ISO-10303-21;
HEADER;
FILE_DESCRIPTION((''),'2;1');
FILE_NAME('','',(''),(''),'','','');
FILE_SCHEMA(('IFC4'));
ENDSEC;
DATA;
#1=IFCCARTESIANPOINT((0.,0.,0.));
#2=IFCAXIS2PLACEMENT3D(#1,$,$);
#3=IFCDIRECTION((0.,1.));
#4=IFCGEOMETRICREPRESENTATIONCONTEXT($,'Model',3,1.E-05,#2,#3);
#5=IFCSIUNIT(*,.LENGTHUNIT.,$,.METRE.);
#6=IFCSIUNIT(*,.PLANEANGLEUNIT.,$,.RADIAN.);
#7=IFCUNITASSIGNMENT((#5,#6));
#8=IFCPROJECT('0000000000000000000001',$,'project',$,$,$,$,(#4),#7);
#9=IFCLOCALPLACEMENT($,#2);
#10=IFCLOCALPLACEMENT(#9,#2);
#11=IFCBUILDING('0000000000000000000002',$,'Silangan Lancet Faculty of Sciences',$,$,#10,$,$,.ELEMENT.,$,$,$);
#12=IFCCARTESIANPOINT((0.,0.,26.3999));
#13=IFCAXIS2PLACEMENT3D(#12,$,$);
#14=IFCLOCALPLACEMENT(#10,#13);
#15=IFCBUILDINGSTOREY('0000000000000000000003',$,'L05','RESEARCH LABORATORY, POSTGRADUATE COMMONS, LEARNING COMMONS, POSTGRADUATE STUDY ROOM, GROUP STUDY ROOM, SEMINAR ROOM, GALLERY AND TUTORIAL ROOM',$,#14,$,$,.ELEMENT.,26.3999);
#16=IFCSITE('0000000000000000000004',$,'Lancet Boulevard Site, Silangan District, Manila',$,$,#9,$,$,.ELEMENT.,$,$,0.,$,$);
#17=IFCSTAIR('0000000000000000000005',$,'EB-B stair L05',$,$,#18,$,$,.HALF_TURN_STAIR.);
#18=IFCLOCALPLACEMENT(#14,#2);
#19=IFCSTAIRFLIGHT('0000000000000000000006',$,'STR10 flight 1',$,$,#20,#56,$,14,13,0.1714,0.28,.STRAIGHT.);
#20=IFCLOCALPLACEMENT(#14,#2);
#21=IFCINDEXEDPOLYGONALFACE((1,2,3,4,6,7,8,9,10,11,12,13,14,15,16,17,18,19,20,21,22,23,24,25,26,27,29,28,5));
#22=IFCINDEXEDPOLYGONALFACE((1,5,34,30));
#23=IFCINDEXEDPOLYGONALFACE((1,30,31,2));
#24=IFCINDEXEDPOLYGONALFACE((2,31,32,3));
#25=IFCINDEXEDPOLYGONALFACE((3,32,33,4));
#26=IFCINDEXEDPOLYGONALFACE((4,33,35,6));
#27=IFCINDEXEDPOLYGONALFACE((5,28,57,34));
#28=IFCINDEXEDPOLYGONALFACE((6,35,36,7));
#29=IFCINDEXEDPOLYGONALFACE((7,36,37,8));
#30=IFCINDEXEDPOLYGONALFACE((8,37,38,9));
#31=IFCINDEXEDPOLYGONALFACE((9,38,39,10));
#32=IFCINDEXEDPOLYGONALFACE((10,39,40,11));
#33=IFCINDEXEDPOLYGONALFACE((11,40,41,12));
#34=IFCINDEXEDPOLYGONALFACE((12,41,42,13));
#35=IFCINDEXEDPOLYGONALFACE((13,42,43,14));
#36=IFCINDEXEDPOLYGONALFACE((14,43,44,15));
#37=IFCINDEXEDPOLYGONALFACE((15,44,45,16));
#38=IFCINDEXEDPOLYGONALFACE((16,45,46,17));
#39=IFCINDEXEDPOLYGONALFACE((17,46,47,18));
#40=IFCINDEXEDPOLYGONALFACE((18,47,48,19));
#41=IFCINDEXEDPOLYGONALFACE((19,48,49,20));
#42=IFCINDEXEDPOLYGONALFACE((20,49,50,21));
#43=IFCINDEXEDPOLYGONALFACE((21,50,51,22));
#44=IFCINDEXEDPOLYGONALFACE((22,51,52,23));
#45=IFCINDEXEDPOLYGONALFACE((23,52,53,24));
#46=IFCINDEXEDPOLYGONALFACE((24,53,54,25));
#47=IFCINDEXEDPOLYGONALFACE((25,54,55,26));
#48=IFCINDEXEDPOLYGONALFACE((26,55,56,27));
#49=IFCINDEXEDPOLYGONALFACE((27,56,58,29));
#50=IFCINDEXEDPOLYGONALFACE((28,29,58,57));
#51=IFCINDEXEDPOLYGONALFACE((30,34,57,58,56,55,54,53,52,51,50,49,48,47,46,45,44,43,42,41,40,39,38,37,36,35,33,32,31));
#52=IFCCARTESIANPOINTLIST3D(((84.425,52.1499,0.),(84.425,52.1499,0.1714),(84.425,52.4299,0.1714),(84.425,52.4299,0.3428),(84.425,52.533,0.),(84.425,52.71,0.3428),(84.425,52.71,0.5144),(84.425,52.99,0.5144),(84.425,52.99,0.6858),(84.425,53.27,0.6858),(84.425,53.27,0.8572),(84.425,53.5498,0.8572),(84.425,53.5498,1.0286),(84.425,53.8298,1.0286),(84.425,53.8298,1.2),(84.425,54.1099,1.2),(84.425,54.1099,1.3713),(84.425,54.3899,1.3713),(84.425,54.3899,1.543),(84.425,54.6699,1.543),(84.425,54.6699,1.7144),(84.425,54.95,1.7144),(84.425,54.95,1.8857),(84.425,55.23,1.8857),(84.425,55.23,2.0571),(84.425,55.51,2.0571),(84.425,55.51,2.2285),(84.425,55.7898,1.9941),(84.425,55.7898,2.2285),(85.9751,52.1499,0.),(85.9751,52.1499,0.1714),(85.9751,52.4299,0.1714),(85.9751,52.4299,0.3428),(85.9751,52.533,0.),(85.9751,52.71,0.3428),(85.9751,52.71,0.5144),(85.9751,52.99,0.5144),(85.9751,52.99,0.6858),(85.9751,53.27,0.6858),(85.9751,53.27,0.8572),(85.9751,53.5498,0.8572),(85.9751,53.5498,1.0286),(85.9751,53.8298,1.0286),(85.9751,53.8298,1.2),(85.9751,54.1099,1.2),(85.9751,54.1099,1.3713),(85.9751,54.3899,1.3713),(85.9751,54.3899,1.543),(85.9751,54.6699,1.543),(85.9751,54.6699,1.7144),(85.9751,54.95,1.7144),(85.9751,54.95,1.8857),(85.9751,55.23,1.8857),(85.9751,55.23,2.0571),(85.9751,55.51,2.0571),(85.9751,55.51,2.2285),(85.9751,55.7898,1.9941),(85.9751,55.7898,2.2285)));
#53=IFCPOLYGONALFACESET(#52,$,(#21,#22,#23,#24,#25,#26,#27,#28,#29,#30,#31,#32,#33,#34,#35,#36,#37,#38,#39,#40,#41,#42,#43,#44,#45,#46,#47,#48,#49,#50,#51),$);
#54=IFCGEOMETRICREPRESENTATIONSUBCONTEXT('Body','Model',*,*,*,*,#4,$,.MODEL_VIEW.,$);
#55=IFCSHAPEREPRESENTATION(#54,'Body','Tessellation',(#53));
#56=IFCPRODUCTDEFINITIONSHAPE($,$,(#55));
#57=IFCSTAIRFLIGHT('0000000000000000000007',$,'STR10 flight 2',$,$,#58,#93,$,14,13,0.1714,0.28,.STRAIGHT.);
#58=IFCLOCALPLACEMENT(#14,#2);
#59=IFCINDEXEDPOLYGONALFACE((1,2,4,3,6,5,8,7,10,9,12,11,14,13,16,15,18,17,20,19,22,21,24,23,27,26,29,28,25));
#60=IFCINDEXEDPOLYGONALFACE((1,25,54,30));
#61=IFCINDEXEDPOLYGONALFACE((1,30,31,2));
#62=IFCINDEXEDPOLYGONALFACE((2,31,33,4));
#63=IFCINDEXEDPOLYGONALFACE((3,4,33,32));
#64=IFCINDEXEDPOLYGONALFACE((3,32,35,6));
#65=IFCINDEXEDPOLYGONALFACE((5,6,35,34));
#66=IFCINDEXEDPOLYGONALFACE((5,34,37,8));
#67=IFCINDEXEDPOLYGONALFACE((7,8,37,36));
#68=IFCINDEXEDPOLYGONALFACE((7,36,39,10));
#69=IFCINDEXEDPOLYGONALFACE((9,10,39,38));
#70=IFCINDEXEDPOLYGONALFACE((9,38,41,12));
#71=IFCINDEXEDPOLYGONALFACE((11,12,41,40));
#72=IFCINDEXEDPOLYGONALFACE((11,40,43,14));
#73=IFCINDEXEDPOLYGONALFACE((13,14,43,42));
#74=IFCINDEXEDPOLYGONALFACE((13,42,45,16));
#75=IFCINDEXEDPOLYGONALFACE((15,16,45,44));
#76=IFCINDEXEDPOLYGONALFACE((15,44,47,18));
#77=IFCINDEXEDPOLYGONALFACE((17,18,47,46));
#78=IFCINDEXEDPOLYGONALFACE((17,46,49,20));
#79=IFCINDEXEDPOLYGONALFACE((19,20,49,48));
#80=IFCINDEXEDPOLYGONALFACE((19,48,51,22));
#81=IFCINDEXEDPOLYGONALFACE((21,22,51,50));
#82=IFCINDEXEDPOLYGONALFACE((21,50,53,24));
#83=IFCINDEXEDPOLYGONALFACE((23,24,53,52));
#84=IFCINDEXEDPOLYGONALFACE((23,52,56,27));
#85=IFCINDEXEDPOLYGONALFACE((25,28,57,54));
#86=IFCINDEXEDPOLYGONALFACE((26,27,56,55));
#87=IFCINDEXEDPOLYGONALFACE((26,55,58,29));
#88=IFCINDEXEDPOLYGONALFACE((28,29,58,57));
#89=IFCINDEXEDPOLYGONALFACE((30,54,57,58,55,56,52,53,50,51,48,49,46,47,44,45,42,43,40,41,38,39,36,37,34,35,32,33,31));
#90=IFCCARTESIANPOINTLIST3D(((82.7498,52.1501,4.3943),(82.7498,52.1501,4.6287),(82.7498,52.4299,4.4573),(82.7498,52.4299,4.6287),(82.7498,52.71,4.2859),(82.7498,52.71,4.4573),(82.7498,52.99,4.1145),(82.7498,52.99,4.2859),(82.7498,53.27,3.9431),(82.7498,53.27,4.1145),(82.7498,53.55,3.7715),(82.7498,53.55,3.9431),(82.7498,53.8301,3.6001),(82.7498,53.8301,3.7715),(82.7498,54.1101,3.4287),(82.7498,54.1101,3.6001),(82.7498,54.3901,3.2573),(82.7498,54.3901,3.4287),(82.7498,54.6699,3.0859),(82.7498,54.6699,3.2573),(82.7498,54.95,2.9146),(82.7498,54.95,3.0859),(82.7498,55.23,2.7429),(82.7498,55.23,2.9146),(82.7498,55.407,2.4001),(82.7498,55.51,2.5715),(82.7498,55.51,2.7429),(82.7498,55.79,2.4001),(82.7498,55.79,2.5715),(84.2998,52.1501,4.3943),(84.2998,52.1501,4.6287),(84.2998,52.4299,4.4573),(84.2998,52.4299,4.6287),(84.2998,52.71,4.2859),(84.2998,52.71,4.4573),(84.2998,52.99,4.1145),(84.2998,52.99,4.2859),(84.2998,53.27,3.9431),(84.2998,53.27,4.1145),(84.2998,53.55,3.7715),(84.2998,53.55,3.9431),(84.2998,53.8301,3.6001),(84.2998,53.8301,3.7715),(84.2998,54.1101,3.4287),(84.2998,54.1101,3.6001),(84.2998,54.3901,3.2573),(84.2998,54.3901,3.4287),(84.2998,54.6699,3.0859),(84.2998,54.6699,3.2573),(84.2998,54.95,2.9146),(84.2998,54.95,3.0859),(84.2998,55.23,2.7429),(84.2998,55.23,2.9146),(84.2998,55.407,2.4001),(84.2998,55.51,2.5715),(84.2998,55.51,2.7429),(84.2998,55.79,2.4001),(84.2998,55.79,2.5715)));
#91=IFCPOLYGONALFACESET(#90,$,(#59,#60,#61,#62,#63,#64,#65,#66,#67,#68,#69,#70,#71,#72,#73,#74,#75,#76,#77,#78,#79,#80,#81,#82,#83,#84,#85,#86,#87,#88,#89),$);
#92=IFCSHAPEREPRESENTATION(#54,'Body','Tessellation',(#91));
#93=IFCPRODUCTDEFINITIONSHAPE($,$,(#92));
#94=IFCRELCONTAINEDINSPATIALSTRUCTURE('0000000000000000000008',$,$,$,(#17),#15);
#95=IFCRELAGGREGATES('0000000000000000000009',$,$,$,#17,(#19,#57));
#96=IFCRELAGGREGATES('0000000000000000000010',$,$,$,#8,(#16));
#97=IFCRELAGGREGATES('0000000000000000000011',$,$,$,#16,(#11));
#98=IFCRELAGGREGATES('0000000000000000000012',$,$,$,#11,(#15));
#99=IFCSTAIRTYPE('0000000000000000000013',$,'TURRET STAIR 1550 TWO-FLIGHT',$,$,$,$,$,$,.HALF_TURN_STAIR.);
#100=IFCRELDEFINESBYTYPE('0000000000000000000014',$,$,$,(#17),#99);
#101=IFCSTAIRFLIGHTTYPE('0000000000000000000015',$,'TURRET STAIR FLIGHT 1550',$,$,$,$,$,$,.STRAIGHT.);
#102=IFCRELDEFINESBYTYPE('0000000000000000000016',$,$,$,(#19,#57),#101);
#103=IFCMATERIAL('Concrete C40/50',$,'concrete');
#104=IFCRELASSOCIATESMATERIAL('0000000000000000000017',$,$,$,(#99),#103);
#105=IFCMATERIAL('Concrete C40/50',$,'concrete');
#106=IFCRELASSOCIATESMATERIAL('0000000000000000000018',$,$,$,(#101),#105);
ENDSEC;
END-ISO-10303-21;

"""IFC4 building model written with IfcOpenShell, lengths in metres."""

from ifc_helpers import new_model, si_unit, direction, frame, origin, place, context, subcontext, project, spatial, polyline, outline, extrude, material, type_object, element, aggregate, save


model = new_model("IFC4")

# Units and contexts
model_context = context("Model", 3, precision=1e-05, world=origin(), true_north=direction((0.0, 1.0)))
body_context = subcontext(model_context, "Body", "Model", "MODEL_VIEW")
ifc_project = project(units=[si_unit("LENGTHUNIT", "METRE"), si_unit("PLANEANGLEUNIT", "RADIAN")], contexts=[model_context])

# Site, building, storey
site_placement = place(None, origin())
site = spatial("IfcSite", under=ifc_project, at=site_placement, Name="Lancet Boulevard Site, Silangan District, Manila", CompositionType="ELEMENT", RefElevation=0.0)
building_placement = place(site_placement, origin())
building = spatial("IfcBuilding", under=site, at=building_placement, Name="Silangan Lancet Faculty of Sciences", CompositionType="ELEMENT")
storey_placement = place(building_placement, frame((0.0, 0.0, 26.3999)))
storey = spatial("IfcBuildingStorey", under=building, at=storey_placement, Name="L05", Description="RESEARCH LABORATORY, POSTGRADUATE COMMONS, LEARNING COMMONS, POSTGRADUATE STUDY ROOM, GROUP STUDY ROOM, SEMINAR ROOM, GALLERY AND TUTORIAL ROOM", CompositionType="ELEMENT", Elevation=26.3999)

# Stair, stair flights
ifc_material_1 = material(Name="Concrete C40/50", Category="concrete")
stair_type = type_object("IfcStairType", Name="TURRET STAIR 1550 TWO-FLIGHT", PredefinedType="HALF_TURN_STAIR", material=ifc_material_1)
stair_placement = place(storey_placement, origin())
stair = element("IfcStair", 1, at=stair_placement, inside=storey, type_object=stair_type, Name="EB-B stair L05", PredefinedType="HALF_TURN_STAIR")
ifc_material_2 = material(Name="Concrete C40/50", Category="concrete")
stair_flight_type = type_object("IfcStairFlightType", Name="TURRET STAIR FLIGHT 1550", PredefinedType="STRAIGHT", material=ifc_material_2)
stair_flight_1_placement = place(storey_placement, frame((85.2, 52.1499, 0.0), z_axis=(0.0, 0.0, 1.0), x_axis=(0.0, 1.0, 0.0)))
stair_flight_1 = element("IfcStairFlight", 2, at=stair_flight_1_placement, type_object=stair_flight_type, Name="STR10 flight 1", NumberOfRisers=14, NumberOfTreads=13, PredefinedType="STRAIGHT", RiserHeight=0.1714, TreadLength=0.28, context=body_context, shape_type="SweptSolid", body=[
    extrude(outline(polyline([(0.0, 0.0), (0.0, 0.1714), (0.28, 0.1714), (0.28, 0.3428), (0.5601, 0.3428), (0.5601, 0.5144), (0.8401, 0.5144), (0.8401, 0.6858), (1.1201, 0.6858), (1.1201, 0.8572), (1.3999, 0.8572), (1.3999, 1.0286), (1.6799, 1.0286), (1.6799, 1.2), (1.96, 1.2), (1.96, 1.3713), (2.24, 1.3713), (2.24, 1.543), (2.52, 1.543), (2.52, 1.7144), (2.8, 1.7144), (2.8, 1.8857), (3.0801, 1.8857), (3.0801, 2.0571), (3.3601, 2.0571), (3.3601, 2.2285), (3.6399, 2.2285), (3.6399, 2.3999), (3.6399, 1.9941), (0.3831, 0.0), (0.0, 0.0)])), frame((0.0, 0.7749, 0.0), z_axis=(0.0, -1.0, 0.0), x_axis=(1.0, 0.0, 0.0)), (0.0, 0.0, 1.0), 1.55),
])
stair_flight_2_placement = place(storey_placement, frame((83.5249, 55.79, 2.4001), z_axis=(0.0, 0.0, 1.0), x_axis=(0.0, -1.0, 0.0)))
stair_flight_2 = element("IfcStairFlight", 3, at=stair_flight_2_placement, type_object=stair_flight_type, Name="STR10 flight 2", NumberOfRisers=14, NumberOfTreads=13, PredefinedType="STRAIGHT", RiserHeight=0.1714, TreadLength=0.28, context=body_context, shape_type="SweptSolid", body=[
    extrude(outline(polyline([(0.0, 0.0), (0.0, 0.1714), (0.28, 0.1714), (0.28, 0.3428), (0.5601, 0.3428), (0.5601, 0.5144), (0.8401, 0.5144), (0.8401, 0.6858), (1.1201, 0.6858), (1.1201, 0.8572), (1.3999, 0.8572), (1.3999, 1.0286), (1.6799, 1.0286), (1.6799, 1.2), (1.96, 1.2), (1.96, 1.3713), (2.24, 1.3713), (2.24, 1.543), (2.52, 1.543), (2.52, 1.7144), (2.8, 1.7144), (2.8, 1.8857), (3.0801, 1.8857), (3.0801, 2.0571), (3.3601, 2.0571), (3.3601, 2.2285), (3.6399, 2.2285), (3.6399, 2.3999), (3.6399, 1.9941), (0.3831, 0.0), (0.0, 0.0)])), frame((0.0, 0.7749, 0.0), z_axis=(0.0, -1.0, 0.0), x_axis=(1.0, 0.0, 0.0)), (0.0, 0.0, 1.0), 1.55),
])
aggregate(stair, [stair_flight_1, stair_flight_2])

save(model, "model.ifc")
